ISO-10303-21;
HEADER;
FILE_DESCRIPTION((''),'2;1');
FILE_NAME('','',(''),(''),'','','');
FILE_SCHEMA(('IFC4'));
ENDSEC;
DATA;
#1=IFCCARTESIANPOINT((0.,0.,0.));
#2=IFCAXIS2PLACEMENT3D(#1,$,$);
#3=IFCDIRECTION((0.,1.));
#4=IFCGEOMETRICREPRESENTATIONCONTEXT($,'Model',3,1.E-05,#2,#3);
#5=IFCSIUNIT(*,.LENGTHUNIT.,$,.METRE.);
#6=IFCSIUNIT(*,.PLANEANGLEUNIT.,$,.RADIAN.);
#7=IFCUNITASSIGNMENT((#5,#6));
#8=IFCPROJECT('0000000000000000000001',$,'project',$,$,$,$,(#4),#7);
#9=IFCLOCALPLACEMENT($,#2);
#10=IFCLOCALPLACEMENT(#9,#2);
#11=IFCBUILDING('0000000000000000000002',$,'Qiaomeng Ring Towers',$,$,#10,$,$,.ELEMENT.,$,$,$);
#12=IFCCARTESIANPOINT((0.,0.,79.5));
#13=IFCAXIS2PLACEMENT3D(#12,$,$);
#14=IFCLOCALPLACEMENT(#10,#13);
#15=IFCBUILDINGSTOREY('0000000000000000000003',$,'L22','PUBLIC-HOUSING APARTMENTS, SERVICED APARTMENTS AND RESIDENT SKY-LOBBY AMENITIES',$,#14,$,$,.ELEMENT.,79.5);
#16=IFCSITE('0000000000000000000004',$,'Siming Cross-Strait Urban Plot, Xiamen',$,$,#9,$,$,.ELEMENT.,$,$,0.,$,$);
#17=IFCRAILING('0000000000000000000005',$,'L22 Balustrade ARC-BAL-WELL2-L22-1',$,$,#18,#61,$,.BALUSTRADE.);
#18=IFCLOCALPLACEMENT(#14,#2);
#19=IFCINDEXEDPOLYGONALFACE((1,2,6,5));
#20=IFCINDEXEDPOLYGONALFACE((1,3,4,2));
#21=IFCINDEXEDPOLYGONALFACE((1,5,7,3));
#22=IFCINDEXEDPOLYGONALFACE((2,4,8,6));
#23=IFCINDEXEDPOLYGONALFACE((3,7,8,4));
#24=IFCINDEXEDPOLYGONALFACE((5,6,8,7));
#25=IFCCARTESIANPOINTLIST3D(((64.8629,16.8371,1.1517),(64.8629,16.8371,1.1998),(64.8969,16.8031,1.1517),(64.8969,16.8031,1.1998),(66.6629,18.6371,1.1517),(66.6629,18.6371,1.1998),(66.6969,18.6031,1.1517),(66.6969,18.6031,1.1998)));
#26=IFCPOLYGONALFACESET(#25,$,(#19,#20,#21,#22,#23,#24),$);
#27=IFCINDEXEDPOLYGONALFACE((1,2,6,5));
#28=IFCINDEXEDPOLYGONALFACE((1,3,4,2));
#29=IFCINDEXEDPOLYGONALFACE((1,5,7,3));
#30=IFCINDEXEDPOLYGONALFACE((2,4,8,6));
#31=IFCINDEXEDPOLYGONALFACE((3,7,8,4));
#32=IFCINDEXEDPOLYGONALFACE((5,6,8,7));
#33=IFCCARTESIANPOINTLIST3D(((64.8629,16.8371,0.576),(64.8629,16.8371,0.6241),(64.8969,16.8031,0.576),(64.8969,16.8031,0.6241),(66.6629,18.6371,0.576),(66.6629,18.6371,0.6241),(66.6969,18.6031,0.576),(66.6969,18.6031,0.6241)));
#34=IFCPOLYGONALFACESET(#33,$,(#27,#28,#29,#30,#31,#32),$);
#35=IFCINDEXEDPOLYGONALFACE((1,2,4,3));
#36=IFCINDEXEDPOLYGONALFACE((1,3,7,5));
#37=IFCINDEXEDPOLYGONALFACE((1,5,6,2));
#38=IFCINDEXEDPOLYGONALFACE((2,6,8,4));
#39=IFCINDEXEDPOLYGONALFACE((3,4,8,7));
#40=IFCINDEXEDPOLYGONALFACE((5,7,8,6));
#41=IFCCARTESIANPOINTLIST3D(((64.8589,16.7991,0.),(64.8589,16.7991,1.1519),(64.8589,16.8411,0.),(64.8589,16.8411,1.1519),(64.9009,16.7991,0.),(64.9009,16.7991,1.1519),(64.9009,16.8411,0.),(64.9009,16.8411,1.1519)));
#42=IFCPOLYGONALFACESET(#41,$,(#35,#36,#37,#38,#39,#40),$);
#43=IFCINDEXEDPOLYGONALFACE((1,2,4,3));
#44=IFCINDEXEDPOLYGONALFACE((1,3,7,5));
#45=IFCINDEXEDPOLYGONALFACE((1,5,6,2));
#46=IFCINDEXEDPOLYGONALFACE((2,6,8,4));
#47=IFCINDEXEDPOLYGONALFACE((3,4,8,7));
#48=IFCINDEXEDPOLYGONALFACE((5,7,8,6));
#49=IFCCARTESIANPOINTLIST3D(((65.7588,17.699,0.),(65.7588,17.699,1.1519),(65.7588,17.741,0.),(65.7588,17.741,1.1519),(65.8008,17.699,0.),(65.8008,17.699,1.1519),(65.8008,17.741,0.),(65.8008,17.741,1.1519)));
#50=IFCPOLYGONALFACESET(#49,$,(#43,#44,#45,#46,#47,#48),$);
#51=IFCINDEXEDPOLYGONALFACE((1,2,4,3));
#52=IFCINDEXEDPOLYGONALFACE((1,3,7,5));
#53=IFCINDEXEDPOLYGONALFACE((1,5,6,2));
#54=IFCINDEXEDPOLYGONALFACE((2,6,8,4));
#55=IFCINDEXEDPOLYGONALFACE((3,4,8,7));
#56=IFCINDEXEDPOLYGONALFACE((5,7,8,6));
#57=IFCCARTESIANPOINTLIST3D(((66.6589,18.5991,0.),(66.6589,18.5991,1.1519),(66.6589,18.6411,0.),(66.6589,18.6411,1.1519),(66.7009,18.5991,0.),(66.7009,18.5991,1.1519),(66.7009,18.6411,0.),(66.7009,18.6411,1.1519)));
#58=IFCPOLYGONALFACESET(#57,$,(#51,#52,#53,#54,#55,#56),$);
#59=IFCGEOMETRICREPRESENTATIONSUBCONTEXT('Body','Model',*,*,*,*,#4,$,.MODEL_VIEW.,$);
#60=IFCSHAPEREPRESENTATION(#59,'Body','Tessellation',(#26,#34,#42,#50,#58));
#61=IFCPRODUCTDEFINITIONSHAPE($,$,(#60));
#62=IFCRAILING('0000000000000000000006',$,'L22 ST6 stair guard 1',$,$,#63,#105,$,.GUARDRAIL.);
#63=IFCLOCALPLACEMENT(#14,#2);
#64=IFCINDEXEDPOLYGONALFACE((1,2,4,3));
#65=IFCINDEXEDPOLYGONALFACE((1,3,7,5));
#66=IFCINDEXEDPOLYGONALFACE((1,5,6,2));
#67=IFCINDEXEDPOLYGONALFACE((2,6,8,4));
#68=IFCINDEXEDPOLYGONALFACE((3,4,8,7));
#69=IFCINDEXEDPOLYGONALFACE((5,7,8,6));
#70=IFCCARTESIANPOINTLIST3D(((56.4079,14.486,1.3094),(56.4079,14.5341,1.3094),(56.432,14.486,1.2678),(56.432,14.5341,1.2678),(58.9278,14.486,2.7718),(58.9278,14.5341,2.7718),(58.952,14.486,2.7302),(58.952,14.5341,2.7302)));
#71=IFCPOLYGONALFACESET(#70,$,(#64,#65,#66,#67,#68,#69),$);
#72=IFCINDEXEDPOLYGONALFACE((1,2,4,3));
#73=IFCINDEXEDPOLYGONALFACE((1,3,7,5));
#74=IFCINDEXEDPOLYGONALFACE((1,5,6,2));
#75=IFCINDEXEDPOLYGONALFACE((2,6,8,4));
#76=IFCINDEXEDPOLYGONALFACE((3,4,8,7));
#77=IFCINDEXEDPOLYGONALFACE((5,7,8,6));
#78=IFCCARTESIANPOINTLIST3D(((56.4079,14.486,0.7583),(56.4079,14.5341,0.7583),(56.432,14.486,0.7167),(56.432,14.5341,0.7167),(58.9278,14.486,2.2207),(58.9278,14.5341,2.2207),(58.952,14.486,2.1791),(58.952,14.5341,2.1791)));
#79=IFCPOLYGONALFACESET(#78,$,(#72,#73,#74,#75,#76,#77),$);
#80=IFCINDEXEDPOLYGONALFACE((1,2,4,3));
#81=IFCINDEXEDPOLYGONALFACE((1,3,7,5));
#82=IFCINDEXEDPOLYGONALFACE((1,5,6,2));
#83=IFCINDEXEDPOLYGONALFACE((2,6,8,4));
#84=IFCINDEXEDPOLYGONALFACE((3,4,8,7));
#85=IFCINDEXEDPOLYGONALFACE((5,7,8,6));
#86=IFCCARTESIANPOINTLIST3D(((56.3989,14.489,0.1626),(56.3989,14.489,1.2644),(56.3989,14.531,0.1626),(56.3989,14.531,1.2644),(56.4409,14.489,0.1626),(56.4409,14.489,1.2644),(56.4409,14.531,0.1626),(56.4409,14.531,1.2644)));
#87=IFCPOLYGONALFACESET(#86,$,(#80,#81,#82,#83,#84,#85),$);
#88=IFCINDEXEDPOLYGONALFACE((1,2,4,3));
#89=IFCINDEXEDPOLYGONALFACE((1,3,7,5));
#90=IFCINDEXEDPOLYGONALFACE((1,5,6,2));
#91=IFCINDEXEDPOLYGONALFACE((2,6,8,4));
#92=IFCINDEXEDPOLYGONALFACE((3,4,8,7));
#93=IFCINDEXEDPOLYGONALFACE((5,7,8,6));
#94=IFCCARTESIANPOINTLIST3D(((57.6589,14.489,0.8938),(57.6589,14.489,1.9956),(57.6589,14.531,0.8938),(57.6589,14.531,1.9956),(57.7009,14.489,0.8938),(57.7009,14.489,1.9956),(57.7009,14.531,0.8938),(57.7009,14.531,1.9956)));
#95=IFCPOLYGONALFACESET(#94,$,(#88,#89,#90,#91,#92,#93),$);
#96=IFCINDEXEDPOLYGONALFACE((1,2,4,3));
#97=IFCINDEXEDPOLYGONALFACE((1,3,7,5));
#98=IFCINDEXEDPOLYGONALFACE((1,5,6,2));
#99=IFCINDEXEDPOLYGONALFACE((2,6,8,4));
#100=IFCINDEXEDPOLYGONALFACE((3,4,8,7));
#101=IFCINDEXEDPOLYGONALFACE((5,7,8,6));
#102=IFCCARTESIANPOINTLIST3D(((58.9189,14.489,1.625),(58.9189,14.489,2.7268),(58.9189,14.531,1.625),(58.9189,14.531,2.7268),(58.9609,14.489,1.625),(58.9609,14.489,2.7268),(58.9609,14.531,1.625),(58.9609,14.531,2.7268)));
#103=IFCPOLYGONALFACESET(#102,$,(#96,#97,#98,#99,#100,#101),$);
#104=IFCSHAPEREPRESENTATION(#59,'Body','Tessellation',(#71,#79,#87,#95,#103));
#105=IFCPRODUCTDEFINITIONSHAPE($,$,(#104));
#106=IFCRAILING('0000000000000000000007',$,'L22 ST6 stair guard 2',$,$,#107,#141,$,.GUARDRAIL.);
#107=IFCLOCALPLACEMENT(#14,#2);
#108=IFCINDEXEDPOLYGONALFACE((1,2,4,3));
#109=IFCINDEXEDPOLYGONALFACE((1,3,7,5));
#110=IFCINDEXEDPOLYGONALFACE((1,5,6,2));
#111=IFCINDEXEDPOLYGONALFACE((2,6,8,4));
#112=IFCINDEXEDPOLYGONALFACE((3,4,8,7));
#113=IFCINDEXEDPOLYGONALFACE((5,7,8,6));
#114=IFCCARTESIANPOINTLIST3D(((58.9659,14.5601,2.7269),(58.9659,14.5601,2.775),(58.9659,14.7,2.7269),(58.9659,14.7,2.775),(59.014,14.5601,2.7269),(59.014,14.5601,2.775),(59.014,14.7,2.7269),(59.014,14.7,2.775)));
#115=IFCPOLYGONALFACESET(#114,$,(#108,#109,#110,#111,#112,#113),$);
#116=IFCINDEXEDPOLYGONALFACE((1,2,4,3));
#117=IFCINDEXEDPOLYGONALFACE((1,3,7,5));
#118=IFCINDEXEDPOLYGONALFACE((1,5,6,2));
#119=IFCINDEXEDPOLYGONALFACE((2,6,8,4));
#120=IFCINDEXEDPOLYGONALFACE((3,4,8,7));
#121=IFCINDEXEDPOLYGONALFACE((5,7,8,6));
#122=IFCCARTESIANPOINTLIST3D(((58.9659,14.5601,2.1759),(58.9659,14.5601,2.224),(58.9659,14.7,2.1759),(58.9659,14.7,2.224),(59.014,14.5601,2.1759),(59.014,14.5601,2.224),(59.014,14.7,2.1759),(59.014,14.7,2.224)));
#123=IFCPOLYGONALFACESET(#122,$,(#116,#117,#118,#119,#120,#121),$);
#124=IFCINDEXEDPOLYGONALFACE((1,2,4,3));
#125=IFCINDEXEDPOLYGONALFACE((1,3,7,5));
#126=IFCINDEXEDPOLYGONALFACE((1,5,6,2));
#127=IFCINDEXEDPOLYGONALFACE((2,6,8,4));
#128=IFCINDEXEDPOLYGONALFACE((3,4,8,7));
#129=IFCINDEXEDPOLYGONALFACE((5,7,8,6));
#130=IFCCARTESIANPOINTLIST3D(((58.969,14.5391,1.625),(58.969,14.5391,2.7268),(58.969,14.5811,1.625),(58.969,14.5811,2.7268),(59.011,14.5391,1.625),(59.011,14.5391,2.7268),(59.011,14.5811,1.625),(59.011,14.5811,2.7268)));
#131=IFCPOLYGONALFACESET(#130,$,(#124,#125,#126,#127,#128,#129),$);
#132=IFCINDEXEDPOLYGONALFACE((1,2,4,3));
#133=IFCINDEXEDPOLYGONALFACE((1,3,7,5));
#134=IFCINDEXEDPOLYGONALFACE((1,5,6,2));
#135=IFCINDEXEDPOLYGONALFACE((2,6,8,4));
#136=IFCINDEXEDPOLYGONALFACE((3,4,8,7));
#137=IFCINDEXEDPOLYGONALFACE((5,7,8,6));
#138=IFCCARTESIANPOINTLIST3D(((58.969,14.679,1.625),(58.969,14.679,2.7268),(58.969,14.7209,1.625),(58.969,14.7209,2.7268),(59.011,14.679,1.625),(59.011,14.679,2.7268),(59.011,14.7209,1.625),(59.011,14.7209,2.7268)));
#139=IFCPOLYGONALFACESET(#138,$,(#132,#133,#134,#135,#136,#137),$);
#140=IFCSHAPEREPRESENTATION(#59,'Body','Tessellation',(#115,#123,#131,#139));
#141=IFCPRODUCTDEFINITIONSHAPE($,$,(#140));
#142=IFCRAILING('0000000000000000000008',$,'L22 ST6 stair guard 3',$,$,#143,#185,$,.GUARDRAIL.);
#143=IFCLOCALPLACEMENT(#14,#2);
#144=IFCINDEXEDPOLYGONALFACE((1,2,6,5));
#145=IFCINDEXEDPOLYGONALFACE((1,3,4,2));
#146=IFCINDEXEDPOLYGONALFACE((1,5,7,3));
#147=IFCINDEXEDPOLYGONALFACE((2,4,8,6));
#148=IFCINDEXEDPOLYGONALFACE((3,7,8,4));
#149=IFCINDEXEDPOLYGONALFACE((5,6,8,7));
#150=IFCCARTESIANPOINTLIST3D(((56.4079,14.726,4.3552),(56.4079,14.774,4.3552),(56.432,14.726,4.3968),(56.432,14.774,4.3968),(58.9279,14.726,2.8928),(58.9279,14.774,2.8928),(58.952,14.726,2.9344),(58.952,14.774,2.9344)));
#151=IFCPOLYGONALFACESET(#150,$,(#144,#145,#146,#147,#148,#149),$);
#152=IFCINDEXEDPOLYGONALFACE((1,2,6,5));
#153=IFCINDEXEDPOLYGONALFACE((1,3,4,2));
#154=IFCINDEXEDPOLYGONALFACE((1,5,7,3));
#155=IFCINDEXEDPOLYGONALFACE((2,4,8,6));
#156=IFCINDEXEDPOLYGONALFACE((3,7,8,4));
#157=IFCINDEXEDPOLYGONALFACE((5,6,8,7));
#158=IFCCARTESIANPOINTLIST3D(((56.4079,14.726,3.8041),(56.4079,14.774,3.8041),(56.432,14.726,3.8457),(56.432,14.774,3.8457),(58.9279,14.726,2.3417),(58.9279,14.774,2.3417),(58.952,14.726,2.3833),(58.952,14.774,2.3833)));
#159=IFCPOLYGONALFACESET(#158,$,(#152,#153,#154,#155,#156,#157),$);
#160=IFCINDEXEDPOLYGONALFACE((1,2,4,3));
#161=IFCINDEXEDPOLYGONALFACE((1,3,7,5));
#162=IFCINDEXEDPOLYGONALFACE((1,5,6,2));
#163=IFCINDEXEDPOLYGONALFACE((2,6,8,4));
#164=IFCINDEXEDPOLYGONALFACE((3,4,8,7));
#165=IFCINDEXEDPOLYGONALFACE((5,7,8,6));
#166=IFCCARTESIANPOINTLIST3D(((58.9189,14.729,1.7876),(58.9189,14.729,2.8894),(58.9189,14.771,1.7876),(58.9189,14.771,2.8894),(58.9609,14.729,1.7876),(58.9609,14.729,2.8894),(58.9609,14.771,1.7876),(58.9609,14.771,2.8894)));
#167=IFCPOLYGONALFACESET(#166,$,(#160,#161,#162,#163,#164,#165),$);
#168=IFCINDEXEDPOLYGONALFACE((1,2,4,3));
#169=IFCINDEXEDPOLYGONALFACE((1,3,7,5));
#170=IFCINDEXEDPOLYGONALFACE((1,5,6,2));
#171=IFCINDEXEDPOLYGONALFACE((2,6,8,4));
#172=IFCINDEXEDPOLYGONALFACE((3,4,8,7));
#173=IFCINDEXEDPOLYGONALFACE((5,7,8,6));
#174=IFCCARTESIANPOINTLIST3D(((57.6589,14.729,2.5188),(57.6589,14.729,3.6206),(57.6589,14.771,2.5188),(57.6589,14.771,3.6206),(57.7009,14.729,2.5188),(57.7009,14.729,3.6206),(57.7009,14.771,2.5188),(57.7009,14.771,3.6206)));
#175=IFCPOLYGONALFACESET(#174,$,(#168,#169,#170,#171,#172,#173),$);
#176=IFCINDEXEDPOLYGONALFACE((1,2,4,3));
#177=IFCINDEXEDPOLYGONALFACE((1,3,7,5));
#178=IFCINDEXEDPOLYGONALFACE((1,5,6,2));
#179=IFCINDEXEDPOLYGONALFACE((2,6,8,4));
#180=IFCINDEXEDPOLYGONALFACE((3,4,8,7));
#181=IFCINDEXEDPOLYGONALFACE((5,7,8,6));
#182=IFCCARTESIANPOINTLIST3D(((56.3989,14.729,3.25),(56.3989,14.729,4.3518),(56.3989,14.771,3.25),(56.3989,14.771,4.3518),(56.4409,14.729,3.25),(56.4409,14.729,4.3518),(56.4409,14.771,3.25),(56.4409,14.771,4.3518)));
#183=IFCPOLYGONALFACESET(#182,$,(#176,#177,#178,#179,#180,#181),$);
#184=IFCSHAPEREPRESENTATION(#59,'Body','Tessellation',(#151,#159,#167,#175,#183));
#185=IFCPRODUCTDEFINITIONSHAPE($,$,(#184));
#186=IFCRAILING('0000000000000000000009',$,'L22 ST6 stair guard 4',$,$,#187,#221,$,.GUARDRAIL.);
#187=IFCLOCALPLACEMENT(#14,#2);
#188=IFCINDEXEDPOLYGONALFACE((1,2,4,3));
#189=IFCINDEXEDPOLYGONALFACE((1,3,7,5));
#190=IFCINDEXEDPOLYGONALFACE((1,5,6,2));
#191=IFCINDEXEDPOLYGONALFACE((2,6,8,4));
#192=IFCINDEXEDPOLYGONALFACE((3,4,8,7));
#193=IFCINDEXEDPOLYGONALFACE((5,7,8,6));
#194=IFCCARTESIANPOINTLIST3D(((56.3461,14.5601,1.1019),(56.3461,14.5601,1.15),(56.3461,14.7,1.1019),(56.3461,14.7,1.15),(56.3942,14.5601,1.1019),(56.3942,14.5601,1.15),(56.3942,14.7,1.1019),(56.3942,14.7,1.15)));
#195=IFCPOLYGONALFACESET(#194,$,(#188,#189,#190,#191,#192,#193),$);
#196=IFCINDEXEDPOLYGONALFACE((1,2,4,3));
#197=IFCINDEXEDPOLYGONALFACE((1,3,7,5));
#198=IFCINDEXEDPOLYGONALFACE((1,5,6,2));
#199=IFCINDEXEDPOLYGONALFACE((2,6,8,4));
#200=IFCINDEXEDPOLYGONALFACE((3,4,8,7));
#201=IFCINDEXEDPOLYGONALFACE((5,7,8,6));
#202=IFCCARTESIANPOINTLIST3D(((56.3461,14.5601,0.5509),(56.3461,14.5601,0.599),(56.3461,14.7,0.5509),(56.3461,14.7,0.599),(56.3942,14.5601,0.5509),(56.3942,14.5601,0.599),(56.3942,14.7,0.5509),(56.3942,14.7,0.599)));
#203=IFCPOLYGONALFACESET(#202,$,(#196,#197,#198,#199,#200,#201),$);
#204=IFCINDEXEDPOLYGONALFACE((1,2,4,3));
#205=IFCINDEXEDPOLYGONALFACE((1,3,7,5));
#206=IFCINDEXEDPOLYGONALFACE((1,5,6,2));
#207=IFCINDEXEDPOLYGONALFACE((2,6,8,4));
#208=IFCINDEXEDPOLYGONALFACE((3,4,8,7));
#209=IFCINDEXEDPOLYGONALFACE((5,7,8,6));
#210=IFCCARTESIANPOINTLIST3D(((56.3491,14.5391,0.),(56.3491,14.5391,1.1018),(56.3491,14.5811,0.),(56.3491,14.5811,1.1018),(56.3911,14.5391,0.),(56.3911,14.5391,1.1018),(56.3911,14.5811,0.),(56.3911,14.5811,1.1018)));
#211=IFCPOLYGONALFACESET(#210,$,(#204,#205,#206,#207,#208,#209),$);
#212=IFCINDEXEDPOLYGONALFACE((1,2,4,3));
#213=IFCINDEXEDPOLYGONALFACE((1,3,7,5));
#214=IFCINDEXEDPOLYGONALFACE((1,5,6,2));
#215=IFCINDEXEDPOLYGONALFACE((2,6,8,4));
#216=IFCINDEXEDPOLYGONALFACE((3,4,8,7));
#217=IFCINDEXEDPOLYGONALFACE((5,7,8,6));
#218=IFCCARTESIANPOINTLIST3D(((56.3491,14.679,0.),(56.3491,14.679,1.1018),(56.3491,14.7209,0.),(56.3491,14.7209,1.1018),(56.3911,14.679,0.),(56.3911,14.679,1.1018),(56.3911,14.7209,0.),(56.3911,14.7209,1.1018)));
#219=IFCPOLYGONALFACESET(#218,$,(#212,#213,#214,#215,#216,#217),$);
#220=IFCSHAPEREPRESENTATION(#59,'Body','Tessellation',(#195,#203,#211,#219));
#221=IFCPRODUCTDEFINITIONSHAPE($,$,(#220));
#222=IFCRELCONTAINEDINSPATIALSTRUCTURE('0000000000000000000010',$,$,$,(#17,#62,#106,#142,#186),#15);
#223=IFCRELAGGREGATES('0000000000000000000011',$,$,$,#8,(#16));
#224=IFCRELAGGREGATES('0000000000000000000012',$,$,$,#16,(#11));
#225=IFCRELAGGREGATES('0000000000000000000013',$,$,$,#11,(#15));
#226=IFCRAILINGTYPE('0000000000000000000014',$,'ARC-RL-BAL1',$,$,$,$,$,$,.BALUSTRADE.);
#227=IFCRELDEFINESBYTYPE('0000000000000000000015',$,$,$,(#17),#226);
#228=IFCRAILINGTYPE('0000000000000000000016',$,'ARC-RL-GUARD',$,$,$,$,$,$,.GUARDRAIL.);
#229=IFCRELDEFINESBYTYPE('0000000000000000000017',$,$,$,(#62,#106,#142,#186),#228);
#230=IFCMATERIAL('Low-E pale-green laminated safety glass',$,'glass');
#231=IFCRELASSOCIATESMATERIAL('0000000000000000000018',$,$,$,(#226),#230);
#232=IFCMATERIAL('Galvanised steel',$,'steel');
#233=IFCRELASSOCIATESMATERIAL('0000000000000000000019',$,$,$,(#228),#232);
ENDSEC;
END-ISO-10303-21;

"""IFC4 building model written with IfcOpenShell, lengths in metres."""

from ifc_helpers import new_model, si_unit, direction, frame, origin, origin_2d, place, context, subcontext, project, spatial, rectangle, extrude, material, type_object, element, save


model = new_model("IFC4")

# Units and contexts
model_context = context("Model", 3, precision=1e-05, world=origin(), true_north=direction((0.0, 1.0)))
body_context = subcontext(model_context, "Body", "Model", "MODEL_VIEW")
ifc_project = project(units=[si_unit("LENGTHUNIT", "METRE"), si_unit("PLANEANGLEUNIT", "RADIAN")], contexts=[model_context])

# Site, building, storey
site_placement = place(None, origin())
site = spatial("IfcSite", under=ifc_project, at=site_placement, Name="Siming Cross-Strait Urban Plot, Xiamen", CompositionType="ELEMENT", RefElevation=0.0)
building_placement = place(site_placement, origin())
building = spatial("IfcBuilding", under=site, at=building_placement, Name="Qiaomeng Ring Towers", CompositionType="ELEMENT")
storey_placement = place(building_placement, frame((0.0, 0.0, 79.5)))
storey = spatial("IfcBuildingStorey", under=building, at=storey_placement, Name="L22", Description="PUBLIC-HOUSING APARTMENTS, SERVICED APARTMENTS AND RESIDENT SKY-LOBBY AMENITIES", CompositionType="ELEMENT", Elevation=79.5)

# Shared definitions
ifc_material_1 = material(Name="Galvanised steel", Category="steel")

# Railings
ifc_material_2 = material(Name="Low-E pale-green laminated safety glass", Category="glass")
railing_type_1 = type_object("IfcRailingType", Name="ARC-RL-BAL1", PredefinedType="BALUSTRADE", material=ifc_material_2)
railing_1_placement = place(storey_placement, frame((64.8799, 16.8201, 0.0)))
element("IfcRailing", 1, at=railing_1_placement, inside=storey, type_object=railing_type_1, Name="L22 Balustrade ARC-BAL-WELL2-L22-1", PredefinedType="BALUSTRADE", context=body_context, shape_type="SweptSolid", body=[
    extrude(rectangle(XDim=0.0481, YDim=0.0481, at=origin_2d()), frame((0.0, 0.0, 1.1758), z_axis=(0.707107, 0.707107, 0.0), x_axis=(-0.707107, 0.707107, 0.0)), (0.0, 0.0, 1.0), 2.5457),
    extrude(rectangle(XDim=0.0481, YDim=0.0481, at=origin_2d()), frame((0.0, 0.0, 0.6001), z_axis=(0.707107, 0.707107, 0.0), x_axis=(-0.707107, 0.707107, 0.0)), (0.0, 0.0, 1.0), 2.5457),
    extrude(rectangle(XDim=0.042, YDim=0.042, at=origin_2d()), origin(), (0.0, 0.0, 1.0), 1.1519),
    extrude(rectangle(XDim=0.042, YDim=0.042, at=origin_2d()), frame((0.8999, 0.8999, 0.0)), (0.0, 0.0, 1.0), 1.1519),
    extrude(rectangle(XDim=0.042, YDim=0.042, at=origin_2d()), frame((1.8, 1.8, 0.0)), (0.0, 0.0, 1.0), 1.1519),
])
railing_type_2 = type_object("IfcRailingType", Name="ARC-RL-GUARD", PredefinedType="GUARDRAIL", material=ifc_material_1)
railing_2_placement = place(storey_placement, frame((56.4199, 14.51, 0.1626)))
element("IfcRailing", 2, at=railing_2_placement, inside=storey, type_object=railing_type_2, Name="L22 ST6 stair guard 1", PredefinedType="GUARDRAIL", context=body_context, shape_type="SweptSolid", body=[
    extrude(rectangle(XDim=0.0481, YDim=0.0481, at=origin_2d()), frame((0.0, 0.0, 1.126), z_axis=(0.864913, 0.0, 0.501921), x_axis=(0.0, 1.0, 0.0)), (0.0, 0.0, 1.0), 2.9136),
    extrude(rectangle(XDim=0.0481, YDim=0.0481, at=origin_2d()), frame((0.0, 0.0, 0.575), z_axis=(0.864913, 0.0, 0.501921), x_axis=(0.0, 1.0, 0.0)), (0.0, 0.0, 1.0), 2.9136),
    extrude(rectangle(XDim=0.042, YDim=0.042, at=origin_2d()), origin(), (0.0, 0.0, 1.0), 1.1018),
    extrude(rectangle(XDim=0.042, YDim=0.042, at=origin_2d()), frame((1.26, 0.0, 0.7312)), (0.0, 0.0, 1.0), 1.1018),
    extrude(rectangle(XDim=0.042, YDim=0.042, at=origin_2d()), frame((2.52, 0.0, 1.4624)), (0.0, 0.0, 1.0), 1.1018),
])
railing_3_placement = place(storey_placement, frame((58.99, 14.5601, 1.625)))
element("IfcRailing", 3, at=railing_3_placement, inside=storey, type_object=railing_type_2, Name="L22 ST6 stair guard 2", PredefinedType="GUARDRAIL", context=body_context, shape_type="SweptSolid", body=[
    extrude(rectangle(XDim=0.0481, YDim=0.0481, at=origin_2d()), frame((0.0, 0.0, 1.126), z_axis=(0.0, 1.0, 0.0), x_axis=(-1.0, 0.0, 0.0)), (0.0, 0.0, 1.0), 0.1399),
    extrude(rectangle(XDim=0.0481, YDim=0.0481, at=origin_2d()), frame((0.0, 0.0, 0.575), z_axis=(0.0, 1.0, 0.0), x_axis=(-1.0, 0.0, 0.0)), (0.0, 0.0, 1.0), 0.1399),
    extrude(rectangle(XDim=0.042, YDim=0.042, at=origin_2d()), origin(), (0.0, 0.0, 1.0), 1.1018),
    extrude(rectangle(XDim=0.042, YDim=0.042, at=origin_2d()), frame((0.0, 0.1399, 0.0)), (0.0, 0.0, 1.0), 1.1018),
])
railing_4_placement = place(storey_placement, frame((58.9399, 14.75, 1.7876)))
element("IfcRailing", 4, at=railing_4_placement, inside=storey, type_object=railing_type_2, Name="L22 ST6 stair guard 3", PredefinedType="GUARDRAIL", context=body_context, shape_type="SweptSolid", body=[
    extrude(rectangle(XDim=0.0481, YDim=0.0481, at=origin_2d()), frame((0.0, 0.0, 1.126), z_axis=(-0.864913, 0.0, 0.501921), x_axis=(0.0, -1.0, 0.0)), (0.0, 0.0, 1.0), 2.9136),
    extrude(rectangle(XDim=0.0481, YDim=0.0481, at=origin_2d()), frame((0.0, 0.0, 0.575), z_axis=(-0.864913, 0.0, 0.501921), x_axis=(0.0, -1.0, 0.0)), (0.0, 0.0, 1.0), 2.9136),
    extrude(rectangle(XDim=0.042, YDim=0.042, at=origin_2d()), origin(), (0.0, 0.0, 1.0), 1.1018),
    extrude(rectangle(XDim=0.042, YDim=0.042, at=origin_2d()), frame((-1.26, 0.0, 0.7312)), (0.0, 0.0, 1.0), 1.1018),
    extrude(rectangle(XDim=0.042, YDim=0.042, at=origin_2d()), frame((-2.52, 0.0, 1.4624)), (0.0, 0.0, 1.0), 1.1018),
])
railing_5_placement = place(storey_placement, frame((56.3701, 14.5601, 0.0)))
element("IfcRailing", 5, at=railing_5_placement, inside=storey, type_object=railing_type_2, Name="L22 ST6 stair guard 4", PredefinedType="GUARDRAIL", context=body_context, shape_type="SweptSolid", body=[
    extrude(rectangle(XDim=0.0481, YDim=0.0481, at=origin_2d()), frame((0.0, 0.0, 1.126), z_axis=(0.0, 1.0, 0.0), x_axis=(-1.0, 0.0, 0.0)), (0.0, 0.0, 1.0), 0.1399),
    extrude(rectangle(XDim=0.0481, YDim=0.0481, at=origin_2d()), frame((0.0, 0.0, 0.575), z_axis=(0.0, 1.0, 0.0), x_axis=(-1.0, 0.0, 0.0)), (0.0, 0.0, 1.0), 0.1399),
    extrude(rectangle(XDim=0.042, YDim=0.042, at=origin_2d()), origin(), (0.0, 0.0, 1.0), 1.1018),
    extrude(rectangle(XDim=0.042, YDim=0.042, at=origin_2d()), frame((0.0, 0.1399, 0.0)), (0.0, 0.0, 1.0), 1.1018),
])

save(model, "model.ifc")
